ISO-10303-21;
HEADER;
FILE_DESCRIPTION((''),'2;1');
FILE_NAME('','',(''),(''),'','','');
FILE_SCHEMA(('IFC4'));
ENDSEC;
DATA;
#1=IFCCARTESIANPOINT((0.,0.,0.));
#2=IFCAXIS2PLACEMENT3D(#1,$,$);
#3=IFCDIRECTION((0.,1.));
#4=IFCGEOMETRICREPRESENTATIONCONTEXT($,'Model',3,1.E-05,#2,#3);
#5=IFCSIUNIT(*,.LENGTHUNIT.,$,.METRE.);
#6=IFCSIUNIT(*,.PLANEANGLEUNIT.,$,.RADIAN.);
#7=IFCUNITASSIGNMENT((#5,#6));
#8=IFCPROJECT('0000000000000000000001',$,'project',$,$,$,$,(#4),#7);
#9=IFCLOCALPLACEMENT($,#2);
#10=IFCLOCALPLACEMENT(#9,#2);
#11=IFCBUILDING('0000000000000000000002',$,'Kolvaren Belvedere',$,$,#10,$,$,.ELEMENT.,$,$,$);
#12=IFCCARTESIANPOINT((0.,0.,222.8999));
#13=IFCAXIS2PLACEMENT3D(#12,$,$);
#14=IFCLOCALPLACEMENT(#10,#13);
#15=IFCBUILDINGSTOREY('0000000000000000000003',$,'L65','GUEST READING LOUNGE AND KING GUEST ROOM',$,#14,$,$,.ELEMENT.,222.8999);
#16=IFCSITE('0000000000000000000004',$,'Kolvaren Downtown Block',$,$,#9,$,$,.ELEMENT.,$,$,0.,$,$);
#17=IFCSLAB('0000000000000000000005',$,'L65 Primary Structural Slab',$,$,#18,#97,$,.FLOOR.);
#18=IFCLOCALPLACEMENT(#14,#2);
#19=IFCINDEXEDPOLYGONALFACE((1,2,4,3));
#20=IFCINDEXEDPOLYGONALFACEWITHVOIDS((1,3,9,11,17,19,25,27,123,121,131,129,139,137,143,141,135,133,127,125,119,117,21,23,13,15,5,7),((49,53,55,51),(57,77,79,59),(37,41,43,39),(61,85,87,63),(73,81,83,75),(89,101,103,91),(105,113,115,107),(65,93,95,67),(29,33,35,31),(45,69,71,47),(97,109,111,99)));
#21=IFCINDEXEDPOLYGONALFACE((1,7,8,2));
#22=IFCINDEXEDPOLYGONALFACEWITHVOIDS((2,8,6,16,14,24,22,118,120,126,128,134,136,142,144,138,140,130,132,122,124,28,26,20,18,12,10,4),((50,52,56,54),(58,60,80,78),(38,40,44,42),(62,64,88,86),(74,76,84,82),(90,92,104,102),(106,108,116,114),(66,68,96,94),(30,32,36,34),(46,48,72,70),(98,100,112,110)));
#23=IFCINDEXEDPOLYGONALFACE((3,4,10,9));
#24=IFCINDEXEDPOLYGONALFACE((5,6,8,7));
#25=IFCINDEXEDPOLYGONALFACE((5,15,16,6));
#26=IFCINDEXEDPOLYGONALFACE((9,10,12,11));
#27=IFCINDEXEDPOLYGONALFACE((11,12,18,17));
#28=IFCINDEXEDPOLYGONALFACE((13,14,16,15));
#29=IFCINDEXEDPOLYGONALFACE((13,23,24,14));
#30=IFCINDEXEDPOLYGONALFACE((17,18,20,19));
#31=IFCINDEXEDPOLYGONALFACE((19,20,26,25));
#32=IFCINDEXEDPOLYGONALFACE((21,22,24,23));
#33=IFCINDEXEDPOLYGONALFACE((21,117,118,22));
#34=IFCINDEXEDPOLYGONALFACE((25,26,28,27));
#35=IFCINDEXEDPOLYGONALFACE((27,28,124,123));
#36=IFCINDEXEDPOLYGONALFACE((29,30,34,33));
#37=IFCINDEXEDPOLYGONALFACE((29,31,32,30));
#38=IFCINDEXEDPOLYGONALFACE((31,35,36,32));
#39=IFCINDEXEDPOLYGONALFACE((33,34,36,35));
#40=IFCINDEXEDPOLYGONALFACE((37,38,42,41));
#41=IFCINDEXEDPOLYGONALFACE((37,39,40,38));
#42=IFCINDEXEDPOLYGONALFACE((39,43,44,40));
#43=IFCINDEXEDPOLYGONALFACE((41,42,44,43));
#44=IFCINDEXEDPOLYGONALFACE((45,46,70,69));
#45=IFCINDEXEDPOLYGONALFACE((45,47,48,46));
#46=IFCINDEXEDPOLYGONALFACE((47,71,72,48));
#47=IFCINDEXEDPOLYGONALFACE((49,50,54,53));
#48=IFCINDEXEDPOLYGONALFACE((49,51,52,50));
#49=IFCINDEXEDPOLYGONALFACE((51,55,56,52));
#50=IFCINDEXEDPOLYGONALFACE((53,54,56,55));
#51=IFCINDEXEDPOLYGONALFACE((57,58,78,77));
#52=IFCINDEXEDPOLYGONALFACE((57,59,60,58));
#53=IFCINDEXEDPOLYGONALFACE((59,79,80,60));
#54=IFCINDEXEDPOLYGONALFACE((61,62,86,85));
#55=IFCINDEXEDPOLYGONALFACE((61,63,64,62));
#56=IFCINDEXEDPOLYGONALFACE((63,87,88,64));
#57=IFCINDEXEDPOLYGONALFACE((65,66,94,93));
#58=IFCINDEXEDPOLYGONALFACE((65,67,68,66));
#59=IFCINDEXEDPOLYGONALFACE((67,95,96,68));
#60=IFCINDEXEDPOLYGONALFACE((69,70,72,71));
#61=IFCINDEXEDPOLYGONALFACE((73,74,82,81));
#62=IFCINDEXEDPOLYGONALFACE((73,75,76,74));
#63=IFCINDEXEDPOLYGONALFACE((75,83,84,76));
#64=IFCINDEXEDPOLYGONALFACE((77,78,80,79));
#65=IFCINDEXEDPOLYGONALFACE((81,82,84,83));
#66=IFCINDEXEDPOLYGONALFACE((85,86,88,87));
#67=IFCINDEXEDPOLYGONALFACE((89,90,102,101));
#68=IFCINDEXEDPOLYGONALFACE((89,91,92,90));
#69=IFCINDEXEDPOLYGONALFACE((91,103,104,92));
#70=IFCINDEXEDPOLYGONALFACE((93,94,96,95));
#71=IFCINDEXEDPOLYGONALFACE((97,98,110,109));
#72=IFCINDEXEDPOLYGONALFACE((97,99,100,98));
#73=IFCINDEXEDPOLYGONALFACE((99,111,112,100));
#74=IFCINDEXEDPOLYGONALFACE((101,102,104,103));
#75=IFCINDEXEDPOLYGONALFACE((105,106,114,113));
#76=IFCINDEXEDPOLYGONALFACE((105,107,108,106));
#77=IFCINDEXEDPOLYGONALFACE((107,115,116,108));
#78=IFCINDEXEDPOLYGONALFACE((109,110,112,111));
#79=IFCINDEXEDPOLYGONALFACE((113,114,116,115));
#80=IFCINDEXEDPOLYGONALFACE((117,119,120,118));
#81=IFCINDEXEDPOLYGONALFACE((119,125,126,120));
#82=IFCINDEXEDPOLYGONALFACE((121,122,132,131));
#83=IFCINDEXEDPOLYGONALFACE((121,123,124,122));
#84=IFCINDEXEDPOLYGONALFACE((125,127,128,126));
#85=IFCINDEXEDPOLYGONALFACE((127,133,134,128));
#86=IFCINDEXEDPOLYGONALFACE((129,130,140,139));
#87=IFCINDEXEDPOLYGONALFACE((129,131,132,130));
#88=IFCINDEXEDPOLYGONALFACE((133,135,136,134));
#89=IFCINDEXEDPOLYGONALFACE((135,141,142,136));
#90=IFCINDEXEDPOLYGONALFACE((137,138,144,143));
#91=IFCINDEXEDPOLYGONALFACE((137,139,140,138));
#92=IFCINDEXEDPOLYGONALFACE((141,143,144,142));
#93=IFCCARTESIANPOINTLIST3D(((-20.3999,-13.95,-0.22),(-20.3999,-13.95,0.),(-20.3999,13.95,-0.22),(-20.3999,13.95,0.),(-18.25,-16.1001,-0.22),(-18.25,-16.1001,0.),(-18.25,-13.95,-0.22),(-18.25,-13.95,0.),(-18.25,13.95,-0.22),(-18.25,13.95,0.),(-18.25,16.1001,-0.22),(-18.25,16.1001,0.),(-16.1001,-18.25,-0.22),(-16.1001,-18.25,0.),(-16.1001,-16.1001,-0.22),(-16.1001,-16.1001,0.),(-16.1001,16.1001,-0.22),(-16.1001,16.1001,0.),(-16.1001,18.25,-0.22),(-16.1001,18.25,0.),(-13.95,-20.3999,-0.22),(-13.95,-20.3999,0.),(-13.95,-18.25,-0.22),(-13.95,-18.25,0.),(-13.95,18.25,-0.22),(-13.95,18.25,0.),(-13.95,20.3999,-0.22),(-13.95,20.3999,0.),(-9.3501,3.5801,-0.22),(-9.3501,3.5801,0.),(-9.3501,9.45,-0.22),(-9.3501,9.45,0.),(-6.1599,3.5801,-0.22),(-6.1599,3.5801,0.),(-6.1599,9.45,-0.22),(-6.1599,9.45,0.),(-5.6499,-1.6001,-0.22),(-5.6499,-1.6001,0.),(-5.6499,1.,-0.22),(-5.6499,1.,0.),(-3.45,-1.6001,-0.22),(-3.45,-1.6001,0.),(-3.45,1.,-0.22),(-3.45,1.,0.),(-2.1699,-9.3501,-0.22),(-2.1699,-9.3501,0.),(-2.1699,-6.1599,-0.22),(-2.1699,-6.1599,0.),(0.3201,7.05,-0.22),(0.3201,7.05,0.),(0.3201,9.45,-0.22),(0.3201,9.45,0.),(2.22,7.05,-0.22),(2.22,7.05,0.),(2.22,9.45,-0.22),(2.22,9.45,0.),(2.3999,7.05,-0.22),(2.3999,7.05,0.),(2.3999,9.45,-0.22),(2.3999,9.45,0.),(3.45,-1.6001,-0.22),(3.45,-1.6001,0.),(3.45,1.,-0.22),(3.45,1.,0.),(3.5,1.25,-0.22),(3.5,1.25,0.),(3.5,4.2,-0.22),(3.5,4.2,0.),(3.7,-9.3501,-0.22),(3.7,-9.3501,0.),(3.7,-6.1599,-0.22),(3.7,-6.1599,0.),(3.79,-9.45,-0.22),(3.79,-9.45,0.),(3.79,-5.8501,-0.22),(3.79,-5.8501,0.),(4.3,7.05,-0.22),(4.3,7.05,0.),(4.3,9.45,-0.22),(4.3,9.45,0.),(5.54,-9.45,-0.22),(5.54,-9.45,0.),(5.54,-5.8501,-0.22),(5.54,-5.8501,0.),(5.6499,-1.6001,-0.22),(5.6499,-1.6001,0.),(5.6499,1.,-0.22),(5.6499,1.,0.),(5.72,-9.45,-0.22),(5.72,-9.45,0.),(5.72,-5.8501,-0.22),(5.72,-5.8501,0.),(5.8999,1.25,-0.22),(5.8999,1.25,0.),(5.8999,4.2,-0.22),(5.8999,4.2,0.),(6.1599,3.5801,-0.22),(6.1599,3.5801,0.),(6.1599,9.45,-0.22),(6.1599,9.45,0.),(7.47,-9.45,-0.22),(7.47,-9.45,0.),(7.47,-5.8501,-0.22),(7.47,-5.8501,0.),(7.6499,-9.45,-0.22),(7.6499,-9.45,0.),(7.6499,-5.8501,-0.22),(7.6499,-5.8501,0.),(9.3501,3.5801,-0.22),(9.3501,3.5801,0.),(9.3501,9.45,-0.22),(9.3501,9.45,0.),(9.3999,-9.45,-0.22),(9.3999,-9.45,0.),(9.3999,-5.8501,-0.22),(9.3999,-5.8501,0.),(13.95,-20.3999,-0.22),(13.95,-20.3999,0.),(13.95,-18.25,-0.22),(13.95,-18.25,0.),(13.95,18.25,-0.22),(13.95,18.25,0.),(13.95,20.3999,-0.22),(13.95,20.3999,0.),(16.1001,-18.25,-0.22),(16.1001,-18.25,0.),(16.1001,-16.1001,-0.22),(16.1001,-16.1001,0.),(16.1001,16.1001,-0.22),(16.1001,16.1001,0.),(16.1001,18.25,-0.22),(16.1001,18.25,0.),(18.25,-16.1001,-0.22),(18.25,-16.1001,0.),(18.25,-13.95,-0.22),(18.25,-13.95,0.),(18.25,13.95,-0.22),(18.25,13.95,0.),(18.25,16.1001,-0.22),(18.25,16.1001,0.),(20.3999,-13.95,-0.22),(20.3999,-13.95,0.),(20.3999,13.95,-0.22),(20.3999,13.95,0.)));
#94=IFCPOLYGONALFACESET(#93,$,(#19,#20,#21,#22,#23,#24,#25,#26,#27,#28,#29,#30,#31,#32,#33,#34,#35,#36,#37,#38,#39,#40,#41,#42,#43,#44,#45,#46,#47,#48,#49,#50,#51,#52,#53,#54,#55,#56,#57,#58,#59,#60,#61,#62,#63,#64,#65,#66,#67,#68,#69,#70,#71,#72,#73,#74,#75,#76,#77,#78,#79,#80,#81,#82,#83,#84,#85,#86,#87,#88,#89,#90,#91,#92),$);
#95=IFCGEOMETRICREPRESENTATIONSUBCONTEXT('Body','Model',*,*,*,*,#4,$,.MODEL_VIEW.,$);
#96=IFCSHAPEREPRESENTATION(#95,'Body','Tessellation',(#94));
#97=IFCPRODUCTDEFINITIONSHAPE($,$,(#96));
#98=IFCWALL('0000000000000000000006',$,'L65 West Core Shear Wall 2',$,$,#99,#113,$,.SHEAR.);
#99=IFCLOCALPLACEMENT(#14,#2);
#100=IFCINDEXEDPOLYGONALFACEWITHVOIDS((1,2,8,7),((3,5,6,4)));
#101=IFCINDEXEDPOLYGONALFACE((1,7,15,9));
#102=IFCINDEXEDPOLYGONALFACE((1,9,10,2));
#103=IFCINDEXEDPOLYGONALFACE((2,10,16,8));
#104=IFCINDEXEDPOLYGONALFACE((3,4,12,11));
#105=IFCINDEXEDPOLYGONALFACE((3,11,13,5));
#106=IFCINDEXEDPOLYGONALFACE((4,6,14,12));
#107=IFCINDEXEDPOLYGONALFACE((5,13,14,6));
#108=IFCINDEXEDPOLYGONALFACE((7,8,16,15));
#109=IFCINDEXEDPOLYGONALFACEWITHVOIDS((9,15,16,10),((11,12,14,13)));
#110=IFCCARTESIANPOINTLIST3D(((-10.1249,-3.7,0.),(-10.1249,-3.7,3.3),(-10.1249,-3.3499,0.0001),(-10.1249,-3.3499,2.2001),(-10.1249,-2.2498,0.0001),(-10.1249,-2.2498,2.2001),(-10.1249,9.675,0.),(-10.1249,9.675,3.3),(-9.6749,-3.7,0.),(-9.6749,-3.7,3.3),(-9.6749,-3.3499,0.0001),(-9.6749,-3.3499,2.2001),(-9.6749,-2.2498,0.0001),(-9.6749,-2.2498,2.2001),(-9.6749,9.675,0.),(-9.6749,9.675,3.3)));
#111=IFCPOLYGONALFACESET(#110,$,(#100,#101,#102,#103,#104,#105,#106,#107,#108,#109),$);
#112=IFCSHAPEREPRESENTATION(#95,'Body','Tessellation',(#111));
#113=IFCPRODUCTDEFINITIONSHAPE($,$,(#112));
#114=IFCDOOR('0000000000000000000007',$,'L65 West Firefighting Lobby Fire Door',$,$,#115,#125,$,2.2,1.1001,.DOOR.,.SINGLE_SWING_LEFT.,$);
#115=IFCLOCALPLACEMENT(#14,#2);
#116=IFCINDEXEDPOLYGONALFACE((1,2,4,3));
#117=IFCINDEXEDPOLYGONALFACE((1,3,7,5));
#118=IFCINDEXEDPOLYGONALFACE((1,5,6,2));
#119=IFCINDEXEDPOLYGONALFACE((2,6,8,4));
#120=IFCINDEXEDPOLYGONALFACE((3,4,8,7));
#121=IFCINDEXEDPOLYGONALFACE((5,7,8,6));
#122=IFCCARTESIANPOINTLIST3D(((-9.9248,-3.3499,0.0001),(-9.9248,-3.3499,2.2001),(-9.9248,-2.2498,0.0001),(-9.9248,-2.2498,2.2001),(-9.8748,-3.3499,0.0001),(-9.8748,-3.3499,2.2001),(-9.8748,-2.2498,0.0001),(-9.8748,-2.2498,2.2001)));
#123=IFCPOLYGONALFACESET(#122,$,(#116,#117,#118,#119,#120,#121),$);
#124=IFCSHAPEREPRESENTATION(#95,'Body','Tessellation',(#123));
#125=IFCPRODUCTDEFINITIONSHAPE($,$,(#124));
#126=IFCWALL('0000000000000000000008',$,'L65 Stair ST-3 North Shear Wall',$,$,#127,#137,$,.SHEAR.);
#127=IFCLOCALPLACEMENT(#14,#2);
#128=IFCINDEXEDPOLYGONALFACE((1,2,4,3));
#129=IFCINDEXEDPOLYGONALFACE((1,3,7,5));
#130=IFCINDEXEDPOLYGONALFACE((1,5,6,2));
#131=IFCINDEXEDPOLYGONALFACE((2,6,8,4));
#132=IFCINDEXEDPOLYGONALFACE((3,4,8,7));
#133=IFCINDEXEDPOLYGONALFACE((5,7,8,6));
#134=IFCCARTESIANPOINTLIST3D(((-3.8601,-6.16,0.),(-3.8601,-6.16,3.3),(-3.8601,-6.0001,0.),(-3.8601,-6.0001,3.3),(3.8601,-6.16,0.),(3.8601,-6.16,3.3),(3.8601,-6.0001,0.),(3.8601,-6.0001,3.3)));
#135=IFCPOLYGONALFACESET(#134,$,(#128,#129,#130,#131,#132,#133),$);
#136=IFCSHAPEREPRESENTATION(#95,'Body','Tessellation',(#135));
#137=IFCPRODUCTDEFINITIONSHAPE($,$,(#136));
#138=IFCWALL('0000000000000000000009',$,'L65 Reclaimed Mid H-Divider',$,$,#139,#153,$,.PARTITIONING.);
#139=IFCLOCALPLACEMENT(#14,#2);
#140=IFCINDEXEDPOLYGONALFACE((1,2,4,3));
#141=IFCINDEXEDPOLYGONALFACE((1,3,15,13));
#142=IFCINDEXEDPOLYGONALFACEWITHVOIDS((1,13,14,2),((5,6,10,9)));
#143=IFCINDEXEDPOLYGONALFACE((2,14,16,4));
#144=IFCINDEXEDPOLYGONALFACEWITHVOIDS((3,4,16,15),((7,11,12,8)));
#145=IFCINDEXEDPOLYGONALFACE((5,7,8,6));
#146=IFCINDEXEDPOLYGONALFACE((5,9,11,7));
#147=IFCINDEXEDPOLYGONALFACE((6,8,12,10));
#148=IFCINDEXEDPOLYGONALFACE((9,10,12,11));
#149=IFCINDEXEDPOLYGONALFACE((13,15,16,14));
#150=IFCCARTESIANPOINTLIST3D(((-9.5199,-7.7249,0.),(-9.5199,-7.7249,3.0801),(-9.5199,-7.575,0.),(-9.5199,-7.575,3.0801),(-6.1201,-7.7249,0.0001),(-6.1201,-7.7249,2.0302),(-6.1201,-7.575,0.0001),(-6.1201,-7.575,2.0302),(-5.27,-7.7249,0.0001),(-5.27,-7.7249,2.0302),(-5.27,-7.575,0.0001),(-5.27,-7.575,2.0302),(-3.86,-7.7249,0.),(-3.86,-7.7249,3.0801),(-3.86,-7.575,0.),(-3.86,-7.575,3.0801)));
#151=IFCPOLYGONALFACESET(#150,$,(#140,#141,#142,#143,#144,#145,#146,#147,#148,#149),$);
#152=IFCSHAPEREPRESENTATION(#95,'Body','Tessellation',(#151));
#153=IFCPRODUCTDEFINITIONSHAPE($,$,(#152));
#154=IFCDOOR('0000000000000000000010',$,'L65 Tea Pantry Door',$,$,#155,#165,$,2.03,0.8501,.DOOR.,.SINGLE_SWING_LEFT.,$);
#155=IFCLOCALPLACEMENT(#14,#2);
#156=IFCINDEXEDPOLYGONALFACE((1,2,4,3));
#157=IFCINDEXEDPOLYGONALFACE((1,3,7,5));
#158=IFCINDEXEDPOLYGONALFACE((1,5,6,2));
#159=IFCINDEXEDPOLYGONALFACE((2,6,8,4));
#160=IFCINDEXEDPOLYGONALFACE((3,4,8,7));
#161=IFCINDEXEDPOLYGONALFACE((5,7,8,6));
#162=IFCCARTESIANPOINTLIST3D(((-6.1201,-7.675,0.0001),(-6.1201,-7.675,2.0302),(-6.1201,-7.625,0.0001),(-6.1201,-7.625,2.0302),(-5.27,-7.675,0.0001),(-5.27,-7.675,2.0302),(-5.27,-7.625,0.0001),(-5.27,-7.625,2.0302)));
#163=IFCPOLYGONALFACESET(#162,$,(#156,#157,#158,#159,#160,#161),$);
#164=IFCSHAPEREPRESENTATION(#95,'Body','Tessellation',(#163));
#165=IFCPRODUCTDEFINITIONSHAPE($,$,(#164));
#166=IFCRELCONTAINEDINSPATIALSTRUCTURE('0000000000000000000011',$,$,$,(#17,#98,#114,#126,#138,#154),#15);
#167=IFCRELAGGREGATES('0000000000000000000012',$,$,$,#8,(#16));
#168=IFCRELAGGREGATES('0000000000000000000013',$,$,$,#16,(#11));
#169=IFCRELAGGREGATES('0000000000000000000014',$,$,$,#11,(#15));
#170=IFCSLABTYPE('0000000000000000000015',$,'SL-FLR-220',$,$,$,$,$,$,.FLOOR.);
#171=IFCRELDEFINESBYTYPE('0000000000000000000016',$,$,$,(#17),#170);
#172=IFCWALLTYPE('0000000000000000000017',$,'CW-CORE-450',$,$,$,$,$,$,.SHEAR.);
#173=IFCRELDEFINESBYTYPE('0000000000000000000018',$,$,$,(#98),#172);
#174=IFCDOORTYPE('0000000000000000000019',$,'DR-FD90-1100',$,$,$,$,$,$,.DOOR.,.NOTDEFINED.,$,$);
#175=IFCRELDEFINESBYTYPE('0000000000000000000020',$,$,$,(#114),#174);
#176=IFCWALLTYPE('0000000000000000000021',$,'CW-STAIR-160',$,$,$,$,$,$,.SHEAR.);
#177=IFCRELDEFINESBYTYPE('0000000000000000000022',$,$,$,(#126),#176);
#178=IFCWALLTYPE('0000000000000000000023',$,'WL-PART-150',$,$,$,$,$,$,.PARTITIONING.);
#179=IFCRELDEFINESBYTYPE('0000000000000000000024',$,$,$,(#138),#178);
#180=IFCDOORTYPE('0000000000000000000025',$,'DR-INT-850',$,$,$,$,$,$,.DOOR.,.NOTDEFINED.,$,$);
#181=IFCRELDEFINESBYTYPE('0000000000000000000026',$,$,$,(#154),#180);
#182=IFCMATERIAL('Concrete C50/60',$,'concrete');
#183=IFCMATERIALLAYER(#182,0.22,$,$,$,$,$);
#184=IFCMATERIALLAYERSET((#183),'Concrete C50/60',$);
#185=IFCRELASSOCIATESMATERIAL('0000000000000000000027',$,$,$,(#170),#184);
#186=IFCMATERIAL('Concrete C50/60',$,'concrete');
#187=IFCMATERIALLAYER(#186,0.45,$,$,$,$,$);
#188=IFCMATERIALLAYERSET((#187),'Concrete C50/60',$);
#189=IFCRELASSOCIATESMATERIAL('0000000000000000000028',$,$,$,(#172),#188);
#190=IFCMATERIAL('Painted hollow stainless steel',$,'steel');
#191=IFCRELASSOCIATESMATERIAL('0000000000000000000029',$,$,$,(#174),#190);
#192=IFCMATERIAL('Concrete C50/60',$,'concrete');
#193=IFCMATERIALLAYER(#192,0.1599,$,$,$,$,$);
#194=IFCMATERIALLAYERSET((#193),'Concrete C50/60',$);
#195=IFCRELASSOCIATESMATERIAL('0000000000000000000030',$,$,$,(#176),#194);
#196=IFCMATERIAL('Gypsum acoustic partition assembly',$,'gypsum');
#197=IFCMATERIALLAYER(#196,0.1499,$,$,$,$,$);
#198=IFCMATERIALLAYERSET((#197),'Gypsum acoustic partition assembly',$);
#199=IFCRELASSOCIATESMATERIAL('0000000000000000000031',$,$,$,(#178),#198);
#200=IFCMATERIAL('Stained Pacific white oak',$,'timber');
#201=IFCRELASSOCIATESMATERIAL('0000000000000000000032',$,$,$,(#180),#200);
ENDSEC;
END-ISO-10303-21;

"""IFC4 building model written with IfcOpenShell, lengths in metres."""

from ifc_helpers import new_model, si_unit, direction, frame, frame_2d, origin, place, context, subcontext, project, spatial, polyline, rectangle, outline, extrude, material, layer, layer_set, type_object, element, fill, save


model = new_model("IFC4")

# Units and contexts
model_context = context("Model", 3, precision=1e-05, world=origin(), true_north=direction((0.0, 1.0)))
body_context = subcontext(model_context, "Body", "Model", "MODEL_VIEW")
ifc_project = project(units=[si_unit("LENGTHUNIT", "METRE"), si_unit("PLANEANGLEUNIT", "RADIAN")], contexts=[model_context])

# Site, building, storey
site_placement = place(None, origin())
site = spatial("IfcSite", under=ifc_project, at=site_placement, Name="Kolvaren Downtown Block", CompositionType="ELEMENT", RefElevation=0.0)
building_placement = place(site_placement, origin())
building = spatial("IfcBuilding", under=site, at=building_placement, Name="Kolvaren Belvedere", CompositionType="ELEMENT")
storey_placement = place(building_placement, frame((0.0, 0.0, 222.8999)))
storey = spatial("IfcBuildingStorey", under=building, at=storey_placement, Name="L65", Description="GUEST READING LOUNGE AND KING GUEST ROOM", CompositionType="ELEMENT", Elevation=222.8999)

# Slab
ifc_material_1 = material(Name="Concrete C50/60", Category="concrete")
ifc_layer_1 = layer(ifc_material_1, 0.22)
ifc_layer_set_1 = layer_set([ifc_layer_1], Name="Concrete C50/60")
slab_type = type_object("IfcSlabType", Name="SL-FLR-220", PredefinedType="FLOOR", material=ifc_layer_set_1)
slab_placement = place(storey_placement, frame((0.0, 0.0, -0.22)))
element("IfcSlab", 1, at=slab_placement, inside=storey, type_object=slab_type, Name="L65 Primary Structural Slab", PredefinedType="FLOOR", context=body_context, shape_type="SweptSolid", body=[
    extrude(outline(polyline([(-13.95, -20.3999), (13.95, -20.3999), (13.95, -18.25), (16.1001, -18.25), (16.1001, -16.1001), (18.25, -16.1001), (18.25, -13.95), (20.3999, -13.95), (20.3999, 13.95), (18.25, 13.95), (18.25, 16.1001), (16.1001, 16.1001), (16.1001, 18.25), (13.95, 18.25), (13.95, 20.3999), (-13.95, 20.3999), (-13.95, 18.25), (-16.1001, 18.25), (-16.1001, 16.1001), (-18.25, 16.1001), (-18.25, 13.95), (-20.3999, 13.95), (-20.3999, -13.95), (-18.25, -13.95), (-18.25, -16.1001), (-16.1001, -16.1001), (-16.1001, -18.25), (-13.95, -18.25), (-13.95, -20.3999)]), holes=[polyline([(-9.3501, 3.5801), (-6.1599, 3.5801), (-6.1599, 9.45), (-9.3501, 9.45), (-9.3501, 3.5801)]), polyline([(6.1599, 3.5801), (9.3501, 3.5801), (9.3501, 9.45), (6.1599, 9.45), (6.1599, 3.5801)]), polyline([(-2.1699, -9.3501), (3.7, -9.3501), (3.7, -6.1599), (-2.1699, -6.1599), (-2.1699, -9.3501)]), polyline([(-5.6499, -1.6001), (-3.45, -1.6001), (-3.45, 1.0), (-5.6499, 1.0), (-5.6499, -1.6001)]), polyline([(3.5, 1.25), (5.8999, 1.25), (5.8999, 4.2), (3.5, 4.2), (3.5, 1.25)]), polyline([(3.45, -1.6001), (5.6499, -1.6001), (5.6499, 1.0), (3.45, 1.0), (3.45, -1.6001)]), polyline([(3.79, -9.45), (5.54, -9.45), (5.54, -5.8501), (3.79, -5.8501), (3.79, -9.45)]), polyline([(5.72, -9.45), (7.47, -9.45), (7.47, -5.8501), (5.72, -5.8501), (5.72, -9.45)]), polyline([(7.6499, -9.45), (9.3999, -9.45), (9.3999, -5.8501), (7.6499, -5.8501), (7.6499, -9.45)]), polyline([(0.3201, 7.05), (2.22, 7.05), (2.22, 9.45), (0.3201, 9.45), (0.3201, 7.05)]), polyline([(2.3999, 7.05), (4.3, 7.05), (4.3, 9.45), (2.3999, 9.45), (2.3999, 7.05)])]), origin(), (0.0, 0.0, 1.0), 0.22),
])

# Wall, opening, door
ifc_material_2 = material(Name="Concrete C50/60", Category="concrete")
ifc_layer_2 = layer(ifc_material_2, 0.45)
ifc_layer_set_2 = layer_set([ifc_layer_2], Name="Concrete C50/60")
wall_type_1 = type_object("IfcWallType", Name="CW-CORE-450", PredefinedType="SHEAR", material=ifc_layer_set_2)
wall_1_placement = place(storey_placement, frame((-9.8999, -3.7, 0.0), z_axis=(0.0, 0.0, 1.0), x_axis=(0.0, 1.0, 0.0)))
wall_1 = element("IfcWall", 2, at=wall_1_placement, inside=storey, type_object=wall_type_1, Name="L65 West Core Shear Wall 2", PredefinedType="SHEAR", context=body_context, shape_type="SweptSolid", body=[
    extrude(rectangle(XDim=13.375, YDim=0.45, at=frame_2d((6.6875, 0.0))), origin(), (0.0, 0.0, 1.0), 3.3),
])
opening_1_placement = place(wall_1_placement, frame((0.3501, 0.0, 0.0)))
opening_1 = element("IfcOpeningElement", 3, at=opening_1_placement, cuts=wall_1, PredefinedType="OPENING", context=body_context, shape_type="SweptSolid", body=[
    extrude(rectangle(XDim=1.1001, YDim=2.2, at=frame_2d((0.55, 1.1001))), frame((0.0, 0.2349, 0.0), z_axis=(0.0, -1.0, 0.0), x_axis=(1.0, 0.0, 0.0)), (0.0, 0.0, 1.0), 0.47),
])
ifc_material_3 = material(Name="Painted hollow stainless steel", Category="steel")
door_type_1 = type_object("IfcDoorType", Name="DR-FD90-1100", OperationType="NOTDEFINED", PredefinedType="DOOR", material=ifc_material_3)
door_1_placement = place(opening_1_placement, origin())
door_1 = element("IfcDoor", 4, at=door_1_placement, inside=storey, type_object=door_type_1, Name="L65 West Firefighting Lobby Fire Door", OperationType="SINGLE_SWING_LEFT", OverallHeight=2.2, OverallWidth=1.1001, PredefinedType="DOOR", context=body_context, shape_type="SweptSolid", body=[
    extrude(rectangle(XDim=1.1001, YDim=2.2, at=frame_2d((0.55, 1.1001))), frame((0.0, 0.0249, 0.0), z_axis=(0.0, -1.0, 0.0), x_axis=(1.0, 0.0, 0.0)), (0.0, 0.0, 1.0), 0.05),
])
fill(opening_1, door_1)

# Wall
ifc_material_4 = material(Name="Concrete C50/60", Category="concrete")
ifc_layer_3 = layer(ifc_material_4, 0.1599)
ifc_layer_set_3 = layer_set([ifc_layer_3], Name="Concrete C50/60")
wall_type_2 = type_object("IfcWallType", Name="CW-STAIR-160", PredefinedType="SHEAR", material=ifc_layer_set_3)
wall_2_placement = place(storey_placement, frame((-3.8601, -6.0801, 0.0), z_axis=(0.0, 0.0, 1.0), x_axis=(1.0, 0.0, 0.0)))
element("IfcWall", 5, at=wall_2_placement, inside=storey, type_object=wall_type_2, Name="L65 Stair ST-3 North Shear Wall", PredefinedType="SHEAR", context=body_context, shape_type="SweptSolid", body=[
    extrude(rectangle(XDim=7.7202, YDim=0.1599, at=frame_2d((3.8601, 0.0))), origin(), (0.0, 0.0, 1.0), 3.3),
])

# Wall, opening, door
ifc_material_5 = material(Name="Gypsum acoustic partition assembly", Category="gypsum")
ifc_layer_4 = layer(ifc_material_5, 0.1499)
ifc_layer_set_4 = layer_set([ifc_layer_4], Name="Gypsum acoustic partition assembly")
wall_type_3 = type_object("IfcWallType", Name="WL-PART-150", PredefinedType="PARTITIONING", material=ifc_layer_set_4)
wall_3_placement = place(storey_placement, frame((-9.52, -7.6499, 0.0), z_axis=(0.0, 0.0, 1.0), x_axis=(1.0, 0.0, 0.0)))
wall_3 = element("IfcWall", 6, at=wall_3_placement, inside=storey, type_object=wall_type_3, Name="L65 Reclaimed Mid H-Divider", PredefinedType="PARTITIONING", context=body_context, shape_type="SweptSolid", body=[
    extrude(rectangle(XDim=5.6599, YDim=0.1499, at=frame_2d((2.8301, 0.0))), origin(), (0.0, 0.0, 1.0), 3.0801),
])
opening_2_placement = place(wall_3_placement, frame((3.3999, 0.0, 0.0)))
opening_2 = element("IfcOpeningElement", 7, at=opening_2_placement, cuts=wall_3, PredefinedType="OPENING", context=body_context, shape_type="SweptSolid", body=[
    extrude(rectangle(XDim=0.8501, YDim=2.03, at=frame_2d((0.425, 1.0151))), frame((0.0, 0.085, 0.0), z_axis=(0.0, -1.0, 0.0), x_axis=(1.0, 0.0, 0.0)), (0.0, 0.0, 1.0), 0.1699),
])
ifc_material_6 = material(Name="Stained Pacific white oak", Category="timber")
door_type_2 = type_object("IfcDoorType", Name="DR-INT-850", OperationType="NOTDEFINED", PredefinedType="DOOR", material=ifc_material_6)
door_2_placement = place(opening_2_placement, origin())
door_2 = element("IfcDoor", 8, at=door_2_placement, inside=storey, type_object=door_type_2, Name="L65 Tea Pantry Door", OperationType="SINGLE_SWING_LEFT", OverallHeight=2.03, OverallWidth=0.8501, PredefinedType="DOOR", context=body_context, shape_type="SweptSolid", body=[
    extrude(rectangle(XDim=0.8501, YDim=2.03, at=frame_2d((0.425, 1.0151))), frame((0.0, 0.0249, 0.0), z_axis=(0.0, -1.0, 0.0), x_axis=(1.0, 0.0, 0.0)), (0.0, 0.0, 1.0), 0.05),
])
fill(opening_2, door_2)

save(model, "model.ifc")
